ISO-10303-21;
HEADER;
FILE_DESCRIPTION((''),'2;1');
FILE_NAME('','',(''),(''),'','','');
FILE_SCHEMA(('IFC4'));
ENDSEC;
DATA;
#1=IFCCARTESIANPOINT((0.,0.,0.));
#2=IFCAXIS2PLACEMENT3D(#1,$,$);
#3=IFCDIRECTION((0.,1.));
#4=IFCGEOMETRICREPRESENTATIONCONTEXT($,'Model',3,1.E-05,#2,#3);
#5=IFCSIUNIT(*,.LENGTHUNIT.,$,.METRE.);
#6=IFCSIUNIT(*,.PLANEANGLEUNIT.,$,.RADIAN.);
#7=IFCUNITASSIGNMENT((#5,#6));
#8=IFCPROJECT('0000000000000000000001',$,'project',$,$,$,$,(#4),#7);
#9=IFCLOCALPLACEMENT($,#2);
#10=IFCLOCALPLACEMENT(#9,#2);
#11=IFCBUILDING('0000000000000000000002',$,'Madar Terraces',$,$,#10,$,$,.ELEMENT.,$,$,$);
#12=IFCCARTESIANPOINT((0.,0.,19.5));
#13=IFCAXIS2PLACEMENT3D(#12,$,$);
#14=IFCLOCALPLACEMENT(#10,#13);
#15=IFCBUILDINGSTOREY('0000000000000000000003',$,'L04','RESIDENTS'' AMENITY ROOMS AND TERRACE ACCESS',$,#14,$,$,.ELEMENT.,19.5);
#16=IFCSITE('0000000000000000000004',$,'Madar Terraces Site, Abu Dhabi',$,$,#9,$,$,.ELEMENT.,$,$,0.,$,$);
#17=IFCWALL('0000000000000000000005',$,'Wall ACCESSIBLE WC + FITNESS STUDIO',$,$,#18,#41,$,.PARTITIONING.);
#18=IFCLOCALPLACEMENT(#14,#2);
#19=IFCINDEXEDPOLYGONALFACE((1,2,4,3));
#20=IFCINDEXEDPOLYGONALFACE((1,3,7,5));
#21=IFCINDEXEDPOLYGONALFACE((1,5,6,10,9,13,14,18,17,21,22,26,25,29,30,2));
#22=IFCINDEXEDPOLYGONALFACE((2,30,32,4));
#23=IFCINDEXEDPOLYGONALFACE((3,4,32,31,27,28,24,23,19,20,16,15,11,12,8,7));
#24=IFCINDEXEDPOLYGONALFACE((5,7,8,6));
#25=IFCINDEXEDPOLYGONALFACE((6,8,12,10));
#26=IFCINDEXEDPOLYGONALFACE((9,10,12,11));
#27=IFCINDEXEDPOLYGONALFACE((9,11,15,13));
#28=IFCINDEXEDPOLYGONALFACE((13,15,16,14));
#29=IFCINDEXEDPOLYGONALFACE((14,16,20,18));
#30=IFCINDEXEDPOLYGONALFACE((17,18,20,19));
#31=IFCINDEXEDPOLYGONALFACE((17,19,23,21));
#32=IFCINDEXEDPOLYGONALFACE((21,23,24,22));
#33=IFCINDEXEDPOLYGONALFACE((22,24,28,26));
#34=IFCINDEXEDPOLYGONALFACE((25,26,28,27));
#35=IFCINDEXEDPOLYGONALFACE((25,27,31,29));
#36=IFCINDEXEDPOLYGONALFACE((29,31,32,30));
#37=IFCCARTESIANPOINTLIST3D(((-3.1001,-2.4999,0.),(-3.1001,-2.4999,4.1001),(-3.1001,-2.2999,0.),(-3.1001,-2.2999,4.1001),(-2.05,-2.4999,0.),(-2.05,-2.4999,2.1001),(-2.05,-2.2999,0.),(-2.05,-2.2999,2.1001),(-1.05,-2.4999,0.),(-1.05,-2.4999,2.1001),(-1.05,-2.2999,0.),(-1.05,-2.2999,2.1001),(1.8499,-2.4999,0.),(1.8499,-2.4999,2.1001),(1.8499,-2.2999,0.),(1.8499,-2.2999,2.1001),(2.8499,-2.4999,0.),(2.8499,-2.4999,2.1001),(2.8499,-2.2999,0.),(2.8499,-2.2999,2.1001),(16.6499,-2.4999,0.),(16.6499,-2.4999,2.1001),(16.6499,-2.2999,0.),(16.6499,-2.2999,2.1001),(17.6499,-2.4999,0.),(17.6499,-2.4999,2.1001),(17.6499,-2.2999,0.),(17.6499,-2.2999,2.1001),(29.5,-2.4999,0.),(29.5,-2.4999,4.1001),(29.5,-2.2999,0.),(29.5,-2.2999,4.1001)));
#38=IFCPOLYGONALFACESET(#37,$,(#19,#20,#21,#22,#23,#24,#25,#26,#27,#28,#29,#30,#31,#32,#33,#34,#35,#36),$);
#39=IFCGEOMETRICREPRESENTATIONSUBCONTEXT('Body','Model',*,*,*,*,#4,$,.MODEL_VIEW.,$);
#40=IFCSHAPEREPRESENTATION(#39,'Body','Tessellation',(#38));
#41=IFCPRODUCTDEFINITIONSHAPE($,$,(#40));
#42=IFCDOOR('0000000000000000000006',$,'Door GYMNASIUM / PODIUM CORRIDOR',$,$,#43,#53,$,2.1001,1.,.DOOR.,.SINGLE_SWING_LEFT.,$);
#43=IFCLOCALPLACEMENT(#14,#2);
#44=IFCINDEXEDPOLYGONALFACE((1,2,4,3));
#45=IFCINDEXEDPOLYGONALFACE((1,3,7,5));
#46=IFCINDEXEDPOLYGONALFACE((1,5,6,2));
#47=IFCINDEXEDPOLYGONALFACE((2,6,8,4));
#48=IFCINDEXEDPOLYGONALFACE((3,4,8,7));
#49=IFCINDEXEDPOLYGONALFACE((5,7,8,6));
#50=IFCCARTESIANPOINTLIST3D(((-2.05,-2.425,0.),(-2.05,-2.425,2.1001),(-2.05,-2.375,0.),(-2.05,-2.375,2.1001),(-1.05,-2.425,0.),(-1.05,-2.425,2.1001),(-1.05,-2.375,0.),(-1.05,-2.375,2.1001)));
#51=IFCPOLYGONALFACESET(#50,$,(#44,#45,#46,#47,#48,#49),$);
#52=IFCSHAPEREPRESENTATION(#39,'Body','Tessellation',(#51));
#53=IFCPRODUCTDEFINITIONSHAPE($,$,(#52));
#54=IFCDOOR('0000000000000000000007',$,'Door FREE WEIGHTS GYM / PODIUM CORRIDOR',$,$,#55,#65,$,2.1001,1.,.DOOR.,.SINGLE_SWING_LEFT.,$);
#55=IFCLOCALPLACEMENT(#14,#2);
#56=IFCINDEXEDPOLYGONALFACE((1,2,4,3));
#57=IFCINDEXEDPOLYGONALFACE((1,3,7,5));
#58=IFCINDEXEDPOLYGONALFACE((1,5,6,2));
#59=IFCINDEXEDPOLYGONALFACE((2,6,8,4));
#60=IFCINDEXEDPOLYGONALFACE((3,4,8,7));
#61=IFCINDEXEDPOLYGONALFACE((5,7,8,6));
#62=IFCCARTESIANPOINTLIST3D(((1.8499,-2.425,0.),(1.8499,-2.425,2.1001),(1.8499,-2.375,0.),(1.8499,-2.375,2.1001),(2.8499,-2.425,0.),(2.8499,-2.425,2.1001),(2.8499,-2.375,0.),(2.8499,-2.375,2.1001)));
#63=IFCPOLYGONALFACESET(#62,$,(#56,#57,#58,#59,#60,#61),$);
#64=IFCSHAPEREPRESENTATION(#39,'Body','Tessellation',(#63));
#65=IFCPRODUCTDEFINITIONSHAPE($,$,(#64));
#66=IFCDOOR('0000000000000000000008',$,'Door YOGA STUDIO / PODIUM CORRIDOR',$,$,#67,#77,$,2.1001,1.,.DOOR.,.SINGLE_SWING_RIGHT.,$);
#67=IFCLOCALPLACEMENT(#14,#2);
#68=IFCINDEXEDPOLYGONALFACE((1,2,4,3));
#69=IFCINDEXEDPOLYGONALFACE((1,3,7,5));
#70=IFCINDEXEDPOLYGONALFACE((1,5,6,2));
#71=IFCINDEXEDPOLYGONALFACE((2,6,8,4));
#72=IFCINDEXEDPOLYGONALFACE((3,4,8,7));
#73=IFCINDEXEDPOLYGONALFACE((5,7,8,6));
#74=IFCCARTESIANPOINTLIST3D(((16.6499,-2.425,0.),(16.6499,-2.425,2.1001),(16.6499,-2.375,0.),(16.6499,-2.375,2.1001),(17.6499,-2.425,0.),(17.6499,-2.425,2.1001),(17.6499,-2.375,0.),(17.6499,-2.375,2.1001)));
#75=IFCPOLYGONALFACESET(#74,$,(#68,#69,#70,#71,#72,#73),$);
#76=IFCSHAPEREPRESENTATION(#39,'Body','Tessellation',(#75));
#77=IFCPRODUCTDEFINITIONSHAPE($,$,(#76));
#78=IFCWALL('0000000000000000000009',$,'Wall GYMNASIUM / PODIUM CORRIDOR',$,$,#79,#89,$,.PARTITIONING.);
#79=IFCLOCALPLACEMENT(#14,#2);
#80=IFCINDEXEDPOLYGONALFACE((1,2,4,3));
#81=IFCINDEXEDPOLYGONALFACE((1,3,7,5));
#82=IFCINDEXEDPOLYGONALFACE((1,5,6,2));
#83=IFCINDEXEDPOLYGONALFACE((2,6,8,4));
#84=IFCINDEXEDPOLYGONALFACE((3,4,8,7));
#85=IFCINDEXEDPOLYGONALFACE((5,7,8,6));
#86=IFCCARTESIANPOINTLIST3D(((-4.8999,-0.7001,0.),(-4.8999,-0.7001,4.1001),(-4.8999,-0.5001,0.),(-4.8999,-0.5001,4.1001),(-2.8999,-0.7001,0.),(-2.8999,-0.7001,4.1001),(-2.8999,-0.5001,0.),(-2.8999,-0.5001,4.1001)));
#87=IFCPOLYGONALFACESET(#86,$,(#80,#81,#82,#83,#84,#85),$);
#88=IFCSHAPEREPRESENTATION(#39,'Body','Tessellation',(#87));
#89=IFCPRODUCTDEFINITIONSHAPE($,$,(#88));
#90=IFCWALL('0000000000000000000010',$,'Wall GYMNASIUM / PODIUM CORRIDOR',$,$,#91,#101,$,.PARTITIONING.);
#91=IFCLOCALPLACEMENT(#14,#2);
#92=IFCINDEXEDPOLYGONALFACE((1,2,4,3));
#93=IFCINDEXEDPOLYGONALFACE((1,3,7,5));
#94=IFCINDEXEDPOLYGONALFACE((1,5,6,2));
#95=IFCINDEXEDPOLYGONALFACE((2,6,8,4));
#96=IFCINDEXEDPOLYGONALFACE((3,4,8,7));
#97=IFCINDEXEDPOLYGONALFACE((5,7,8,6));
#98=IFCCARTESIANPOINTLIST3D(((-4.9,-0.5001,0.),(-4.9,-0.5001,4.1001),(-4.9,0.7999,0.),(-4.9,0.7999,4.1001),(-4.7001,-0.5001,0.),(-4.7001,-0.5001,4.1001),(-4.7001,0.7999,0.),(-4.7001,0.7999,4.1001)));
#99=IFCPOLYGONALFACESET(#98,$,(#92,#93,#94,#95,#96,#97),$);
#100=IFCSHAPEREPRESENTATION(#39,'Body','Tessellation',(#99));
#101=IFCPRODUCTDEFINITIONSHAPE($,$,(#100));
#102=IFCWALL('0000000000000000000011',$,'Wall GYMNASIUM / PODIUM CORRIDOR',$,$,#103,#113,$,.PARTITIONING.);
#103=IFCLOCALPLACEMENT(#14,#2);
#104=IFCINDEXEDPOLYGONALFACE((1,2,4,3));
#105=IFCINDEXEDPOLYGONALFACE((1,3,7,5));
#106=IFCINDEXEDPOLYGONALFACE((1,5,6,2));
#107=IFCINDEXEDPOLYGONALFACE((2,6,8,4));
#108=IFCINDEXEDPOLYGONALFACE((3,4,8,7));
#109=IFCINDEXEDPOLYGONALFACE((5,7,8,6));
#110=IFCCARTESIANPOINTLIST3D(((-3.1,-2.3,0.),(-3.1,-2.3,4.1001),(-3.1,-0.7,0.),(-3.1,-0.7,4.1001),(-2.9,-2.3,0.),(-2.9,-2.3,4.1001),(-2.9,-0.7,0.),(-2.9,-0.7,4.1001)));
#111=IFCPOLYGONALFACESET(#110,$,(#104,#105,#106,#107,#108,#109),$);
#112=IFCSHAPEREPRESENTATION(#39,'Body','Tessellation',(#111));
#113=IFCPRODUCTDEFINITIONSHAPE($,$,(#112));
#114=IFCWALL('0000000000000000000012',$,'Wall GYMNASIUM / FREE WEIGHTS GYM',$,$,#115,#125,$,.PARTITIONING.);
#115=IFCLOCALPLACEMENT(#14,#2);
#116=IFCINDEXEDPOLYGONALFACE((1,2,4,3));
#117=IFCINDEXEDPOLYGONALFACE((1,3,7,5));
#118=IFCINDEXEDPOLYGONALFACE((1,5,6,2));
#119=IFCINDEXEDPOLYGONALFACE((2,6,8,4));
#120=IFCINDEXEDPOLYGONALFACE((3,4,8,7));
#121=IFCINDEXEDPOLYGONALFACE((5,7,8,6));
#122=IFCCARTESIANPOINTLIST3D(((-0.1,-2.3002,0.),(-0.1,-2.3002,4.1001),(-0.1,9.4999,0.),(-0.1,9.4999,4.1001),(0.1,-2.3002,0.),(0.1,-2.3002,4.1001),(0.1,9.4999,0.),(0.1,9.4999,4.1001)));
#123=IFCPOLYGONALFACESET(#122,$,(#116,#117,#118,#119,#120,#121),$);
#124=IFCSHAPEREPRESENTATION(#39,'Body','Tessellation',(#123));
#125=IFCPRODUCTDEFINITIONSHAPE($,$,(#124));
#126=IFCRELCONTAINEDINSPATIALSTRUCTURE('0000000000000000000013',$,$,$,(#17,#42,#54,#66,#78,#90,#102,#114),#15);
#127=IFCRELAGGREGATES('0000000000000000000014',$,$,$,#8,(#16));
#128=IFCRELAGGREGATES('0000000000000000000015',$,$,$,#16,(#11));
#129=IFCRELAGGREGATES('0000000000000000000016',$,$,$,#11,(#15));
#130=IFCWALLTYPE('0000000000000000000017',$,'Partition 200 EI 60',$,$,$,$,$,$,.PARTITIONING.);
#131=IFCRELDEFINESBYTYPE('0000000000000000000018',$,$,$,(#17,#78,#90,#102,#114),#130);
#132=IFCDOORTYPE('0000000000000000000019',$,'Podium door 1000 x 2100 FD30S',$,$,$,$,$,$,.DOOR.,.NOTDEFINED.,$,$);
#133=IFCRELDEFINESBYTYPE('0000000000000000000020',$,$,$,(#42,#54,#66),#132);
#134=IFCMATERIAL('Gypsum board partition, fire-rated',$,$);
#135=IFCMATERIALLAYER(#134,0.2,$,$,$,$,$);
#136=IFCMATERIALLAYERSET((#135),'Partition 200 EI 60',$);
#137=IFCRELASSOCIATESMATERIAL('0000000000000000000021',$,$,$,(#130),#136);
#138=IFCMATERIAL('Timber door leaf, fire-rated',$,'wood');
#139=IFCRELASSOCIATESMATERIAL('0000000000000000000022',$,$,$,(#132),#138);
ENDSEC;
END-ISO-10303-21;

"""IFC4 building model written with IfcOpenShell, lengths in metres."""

from ifc_helpers import new_model, si_unit, direction, frame, frame_2d, origin, place, context, subcontext, project, spatial, rectangle, extrude, material, layer, layer_set, type_object, element, fill, save


model = new_model("IFC4")

# Units and contexts
model_context = context("Model", 3, precision=1e-05, world=origin(), true_north=direction((0.0, 1.0)))
body_context = subcontext(model_context, "Body", "Model", "MODEL_VIEW")
ifc_project = project(units=[si_unit("LENGTHUNIT", "METRE"), si_unit("PLANEANGLEUNIT", "RADIAN")], contexts=[model_context])

# Site, building, storey
site_placement = place(None, origin())
site = spatial("IfcSite", under=ifc_project, at=site_placement, Name="Madar Terraces Site, Abu Dhabi", CompositionType="ELEMENT", RefElevation=0.0)
building_placement = place(site_placement, origin())
building = spatial("IfcBuilding", under=site, at=building_placement, Name="Madar Terraces", CompositionType="ELEMENT")
storey_placement = place(building_placement, frame((0.0, 0.0, 19.5)))
storey = spatial("IfcBuildingStorey", under=building, at=storey_placement, Name="L04", Description="RESIDENTS' AMENITY ROOMS AND TERRACE ACCESS", CompositionType="ELEMENT", Elevation=19.5)

# Wall, openings, doors
ifc_material_1 = material(Name="Gypsum board partition, fire-rated")
ifc_layer_1 = layer(ifc_material_1, 0.2)
ifc_layer_set_1 = layer_set([ifc_layer_1], Name="Partition 200 EI 60")
wall_type = type_object("IfcWallType", Name="Partition 200 EI 60", PredefinedType="PARTITIONING", material=ifc_layer_set_1)
wall_1_placement = place(storey_placement, frame((-3.1001, -2.3999, 0.0), z_axis=(0.0, 0.0, 1.0), x_axis=(1.0, 0.0, 0.0)))
wall_1 = element("IfcWall", 1, at=wall_1_placement, inside=storey, type_object=wall_type, Name="Wall ACCESSIBLE WC + FITNESS STUDIO", PredefinedType="PARTITIONING", context=body_context, shape_type="SweptSolid", body=[
    extrude(rectangle(XDim=32.6001, YDim=0.2, at=frame_2d((16.3, 0.0))), origin(), (0.0, 0.0, 1.0), 4.1001),
])
opening_1_placement = place(wall_1_placement, frame((1.05, 0.0, 0.0)))
opening_1 = element("IfcOpeningElement", 2, at=opening_1_placement, cuts=wall_1, PredefinedType="OPENING", context=body_context, shape_type="SweptSolid", body=[
    extrude(rectangle(XDim=1.0, YDim=2.1001, at=frame_2d((0.5, 1.05))), frame((0.0, 0.1099, 0.0), z_axis=(0.0, -1.0, 0.0), x_axis=(1.0, 0.0, 0.0)), (0.0, 0.0, 1.0), 0.22),
])
opening_2_placement = place(wall_1_placement, frame((4.95, 0.0, 0.0)))
opening_2 = element("IfcOpeningElement", 3, at=opening_2_placement, cuts=wall_1, PredefinedType="OPENING", context=body_context, shape_type="SweptSolid", body=[
    extrude(rectangle(XDim=1.0, YDim=2.1001, at=frame_2d((0.5, 1.05))), frame((0.0, 0.1099, 0.0), z_axis=(0.0, -1.0, 0.0), x_axis=(1.0, 0.0, 0.0)), (0.0, 0.0, 1.0), 0.22),
])
opening_3_placement = place(wall_1_placement, frame((19.75, 0.0, 0.0)))
opening_3 = element("IfcOpeningElement", 4, at=opening_3_placement, cuts=wall_1, PredefinedType="OPENING", context=body_context, shape_type="SweptSolid", body=[
    extrude(rectangle(XDim=1.0, YDim=2.1001, at=frame_2d((0.5, 1.05))), frame((0.0, 0.1099, 0.0), z_axis=(0.0, -1.0, 0.0), x_axis=(1.0, 0.0, 0.0)), (0.0, 0.0, 1.0), 0.22),
])
ifc_material_2 = material(Name="Timber door leaf, fire-rated", Category="wood")
door_type = type_object("IfcDoorType", Name="Podium door 1000 x 2100 FD30S", OperationType="NOTDEFINED", PredefinedType="DOOR", material=ifc_material_2)
door_1_placement = place(opening_1_placement, origin())
door_1 = element("IfcDoor", 5, at=door_1_placement, inside=storey, type_object=door_type, Name="Door GYMNASIUM / PODIUM CORRIDOR", OperationType="SINGLE_SWING_LEFT", OverallHeight=2.1001, OverallWidth=1.0, PredefinedType="DOOR", context=body_context, shape_type="SweptSolid", body=[
    extrude(rectangle(XDim=1.0, YDim=2.1001, at=frame_2d((0.5, 1.05))), frame((0.0, 0.0249, 0.0), z_axis=(0.0, -1.0, 0.0), x_axis=(1.0, 0.0, 0.0)), (0.0, 0.0, 1.0), 0.05),
])
fill(opening_1, door_1)
door_2_placement = place(opening_2_placement, origin())
door_2 = element("IfcDoor", 6, at=door_2_placement, inside=storey, type_object=door_type, Name="Door FREE WEIGHTS GYM / PODIUM CORRIDOR", OperationType="SINGLE_SWING_LEFT", OverallHeight=2.1001, OverallWidth=1.0, PredefinedType="DOOR", context=body_context, shape_type="SweptSolid", body=[
    extrude(rectangle(XDim=1.0, YDim=2.1001, at=frame_2d((0.5, 1.05))), frame((0.0, 0.0249, 0.0), z_axis=(0.0, -1.0, 0.0), x_axis=(1.0, 0.0, 0.0)), (0.0, 0.0, 1.0), 0.05),
])
fill(opening_2, door_2)
door_3_placement = place(opening_3_placement, origin())
door_3 = element("IfcDoor", 7, at=door_3_placement, inside=storey, type_object=door_type, Name="Door YOGA STUDIO / PODIUM CORRIDOR", OperationType="SINGLE_SWING_RIGHT", OverallHeight=2.1001, OverallWidth=1.0, PredefinedType="DOOR", context=body_context, shape_type="SweptSolid", body=[
    extrude(rectangle(XDim=1.0, YDim=2.1001, at=frame_2d((0.5, 1.05))), frame((0.0, 0.0249, 0.0), z_axis=(0.0, -1.0, 0.0), x_axis=(1.0, 0.0, 0.0)), (0.0, 0.0, 1.0), 0.05),
])
fill(opening_3, door_3)

# Walls
wall_2_placement = place(storey_placement, frame((-4.8999, -0.6001, 0.0), z_axis=(0.0, 0.0, 1.0), x_axis=(1.0, 0.0, 0.0)))
element("IfcWall", 8, at=wall_2_placement, inside=storey, type_object=wall_type, Name="Wall GYMNASIUM / PODIUM CORRIDOR", PredefinedType="PARTITIONING", context=body_context, shape_type="SweptSolid", body=[
    extrude(rectangle(XDim=2.0, YDim=0.2, at=frame_2d((1.0, 0.0))), origin(), (0.0, 0.0, 1.0), 4.1001),
])
wall_3_placement = place(storey_placement, frame((-4.8, -0.5, 0.0), z_axis=(0.0, 0.0, 1.0), x_axis=(0.0, 1.0, 0.0)))
element("IfcWall", 9, at=wall_3_placement, inside=storey, type_object=wall_type, Name="Wall GYMNASIUM / PODIUM CORRIDOR", PredefinedType="PARTITIONING", context=body_context, shape_type="SweptSolid", body=[
    extrude(rectangle(XDim=1.3, YDim=0.2, at=frame_2d((0.6499, 0.0))), origin(), (0.0, 0.0, 1.0), 4.1001),
])
wall_4_placement = place(storey_placement, frame((-3.0, -2.3, 0.0), z_axis=(0.0, 0.0, 1.0), x_axis=(0.0, 1.0, 0.0)))
element("IfcWall", 10, at=wall_4_placement, inside=storey, type_object=wall_type, Name="Wall GYMNASIUM / PODIUM CORRIDOR", PredefinedType="PARTITIONING", context=body_context, shape_type="SweptSolid", body=[
    extrude(rectangle(XDim=1.6001, YDim=0.2, at=frame_2d((0.8, 0.0))), origin(), (0.0, 0.0, 1.0), 4.1001),
])
wall_5_placement = place(storey_placement, frame((0.0, -2.3, 0.0), z_axis=(0.0, 0.0, 1.0), x_axis=(0.0, 1.0, 0.0)))
element("IfcWall", 11, at=wall_5_placement, inside=storey, type_object=wall_type, Name="Wall GYMNASIUM / FREE WEIGHTS GYM", PredefinedType="PARTITIONING", context=body_context, shape_type="SweptSolid", body=[
    extrude(rectangle(XDim=11.8, YDim=0.2, at=frame_2d((5.8999, 0.0))), origin(), (0.0, 0.0, 1.0), 4.1001),
])

save(model, "model.ifc")
